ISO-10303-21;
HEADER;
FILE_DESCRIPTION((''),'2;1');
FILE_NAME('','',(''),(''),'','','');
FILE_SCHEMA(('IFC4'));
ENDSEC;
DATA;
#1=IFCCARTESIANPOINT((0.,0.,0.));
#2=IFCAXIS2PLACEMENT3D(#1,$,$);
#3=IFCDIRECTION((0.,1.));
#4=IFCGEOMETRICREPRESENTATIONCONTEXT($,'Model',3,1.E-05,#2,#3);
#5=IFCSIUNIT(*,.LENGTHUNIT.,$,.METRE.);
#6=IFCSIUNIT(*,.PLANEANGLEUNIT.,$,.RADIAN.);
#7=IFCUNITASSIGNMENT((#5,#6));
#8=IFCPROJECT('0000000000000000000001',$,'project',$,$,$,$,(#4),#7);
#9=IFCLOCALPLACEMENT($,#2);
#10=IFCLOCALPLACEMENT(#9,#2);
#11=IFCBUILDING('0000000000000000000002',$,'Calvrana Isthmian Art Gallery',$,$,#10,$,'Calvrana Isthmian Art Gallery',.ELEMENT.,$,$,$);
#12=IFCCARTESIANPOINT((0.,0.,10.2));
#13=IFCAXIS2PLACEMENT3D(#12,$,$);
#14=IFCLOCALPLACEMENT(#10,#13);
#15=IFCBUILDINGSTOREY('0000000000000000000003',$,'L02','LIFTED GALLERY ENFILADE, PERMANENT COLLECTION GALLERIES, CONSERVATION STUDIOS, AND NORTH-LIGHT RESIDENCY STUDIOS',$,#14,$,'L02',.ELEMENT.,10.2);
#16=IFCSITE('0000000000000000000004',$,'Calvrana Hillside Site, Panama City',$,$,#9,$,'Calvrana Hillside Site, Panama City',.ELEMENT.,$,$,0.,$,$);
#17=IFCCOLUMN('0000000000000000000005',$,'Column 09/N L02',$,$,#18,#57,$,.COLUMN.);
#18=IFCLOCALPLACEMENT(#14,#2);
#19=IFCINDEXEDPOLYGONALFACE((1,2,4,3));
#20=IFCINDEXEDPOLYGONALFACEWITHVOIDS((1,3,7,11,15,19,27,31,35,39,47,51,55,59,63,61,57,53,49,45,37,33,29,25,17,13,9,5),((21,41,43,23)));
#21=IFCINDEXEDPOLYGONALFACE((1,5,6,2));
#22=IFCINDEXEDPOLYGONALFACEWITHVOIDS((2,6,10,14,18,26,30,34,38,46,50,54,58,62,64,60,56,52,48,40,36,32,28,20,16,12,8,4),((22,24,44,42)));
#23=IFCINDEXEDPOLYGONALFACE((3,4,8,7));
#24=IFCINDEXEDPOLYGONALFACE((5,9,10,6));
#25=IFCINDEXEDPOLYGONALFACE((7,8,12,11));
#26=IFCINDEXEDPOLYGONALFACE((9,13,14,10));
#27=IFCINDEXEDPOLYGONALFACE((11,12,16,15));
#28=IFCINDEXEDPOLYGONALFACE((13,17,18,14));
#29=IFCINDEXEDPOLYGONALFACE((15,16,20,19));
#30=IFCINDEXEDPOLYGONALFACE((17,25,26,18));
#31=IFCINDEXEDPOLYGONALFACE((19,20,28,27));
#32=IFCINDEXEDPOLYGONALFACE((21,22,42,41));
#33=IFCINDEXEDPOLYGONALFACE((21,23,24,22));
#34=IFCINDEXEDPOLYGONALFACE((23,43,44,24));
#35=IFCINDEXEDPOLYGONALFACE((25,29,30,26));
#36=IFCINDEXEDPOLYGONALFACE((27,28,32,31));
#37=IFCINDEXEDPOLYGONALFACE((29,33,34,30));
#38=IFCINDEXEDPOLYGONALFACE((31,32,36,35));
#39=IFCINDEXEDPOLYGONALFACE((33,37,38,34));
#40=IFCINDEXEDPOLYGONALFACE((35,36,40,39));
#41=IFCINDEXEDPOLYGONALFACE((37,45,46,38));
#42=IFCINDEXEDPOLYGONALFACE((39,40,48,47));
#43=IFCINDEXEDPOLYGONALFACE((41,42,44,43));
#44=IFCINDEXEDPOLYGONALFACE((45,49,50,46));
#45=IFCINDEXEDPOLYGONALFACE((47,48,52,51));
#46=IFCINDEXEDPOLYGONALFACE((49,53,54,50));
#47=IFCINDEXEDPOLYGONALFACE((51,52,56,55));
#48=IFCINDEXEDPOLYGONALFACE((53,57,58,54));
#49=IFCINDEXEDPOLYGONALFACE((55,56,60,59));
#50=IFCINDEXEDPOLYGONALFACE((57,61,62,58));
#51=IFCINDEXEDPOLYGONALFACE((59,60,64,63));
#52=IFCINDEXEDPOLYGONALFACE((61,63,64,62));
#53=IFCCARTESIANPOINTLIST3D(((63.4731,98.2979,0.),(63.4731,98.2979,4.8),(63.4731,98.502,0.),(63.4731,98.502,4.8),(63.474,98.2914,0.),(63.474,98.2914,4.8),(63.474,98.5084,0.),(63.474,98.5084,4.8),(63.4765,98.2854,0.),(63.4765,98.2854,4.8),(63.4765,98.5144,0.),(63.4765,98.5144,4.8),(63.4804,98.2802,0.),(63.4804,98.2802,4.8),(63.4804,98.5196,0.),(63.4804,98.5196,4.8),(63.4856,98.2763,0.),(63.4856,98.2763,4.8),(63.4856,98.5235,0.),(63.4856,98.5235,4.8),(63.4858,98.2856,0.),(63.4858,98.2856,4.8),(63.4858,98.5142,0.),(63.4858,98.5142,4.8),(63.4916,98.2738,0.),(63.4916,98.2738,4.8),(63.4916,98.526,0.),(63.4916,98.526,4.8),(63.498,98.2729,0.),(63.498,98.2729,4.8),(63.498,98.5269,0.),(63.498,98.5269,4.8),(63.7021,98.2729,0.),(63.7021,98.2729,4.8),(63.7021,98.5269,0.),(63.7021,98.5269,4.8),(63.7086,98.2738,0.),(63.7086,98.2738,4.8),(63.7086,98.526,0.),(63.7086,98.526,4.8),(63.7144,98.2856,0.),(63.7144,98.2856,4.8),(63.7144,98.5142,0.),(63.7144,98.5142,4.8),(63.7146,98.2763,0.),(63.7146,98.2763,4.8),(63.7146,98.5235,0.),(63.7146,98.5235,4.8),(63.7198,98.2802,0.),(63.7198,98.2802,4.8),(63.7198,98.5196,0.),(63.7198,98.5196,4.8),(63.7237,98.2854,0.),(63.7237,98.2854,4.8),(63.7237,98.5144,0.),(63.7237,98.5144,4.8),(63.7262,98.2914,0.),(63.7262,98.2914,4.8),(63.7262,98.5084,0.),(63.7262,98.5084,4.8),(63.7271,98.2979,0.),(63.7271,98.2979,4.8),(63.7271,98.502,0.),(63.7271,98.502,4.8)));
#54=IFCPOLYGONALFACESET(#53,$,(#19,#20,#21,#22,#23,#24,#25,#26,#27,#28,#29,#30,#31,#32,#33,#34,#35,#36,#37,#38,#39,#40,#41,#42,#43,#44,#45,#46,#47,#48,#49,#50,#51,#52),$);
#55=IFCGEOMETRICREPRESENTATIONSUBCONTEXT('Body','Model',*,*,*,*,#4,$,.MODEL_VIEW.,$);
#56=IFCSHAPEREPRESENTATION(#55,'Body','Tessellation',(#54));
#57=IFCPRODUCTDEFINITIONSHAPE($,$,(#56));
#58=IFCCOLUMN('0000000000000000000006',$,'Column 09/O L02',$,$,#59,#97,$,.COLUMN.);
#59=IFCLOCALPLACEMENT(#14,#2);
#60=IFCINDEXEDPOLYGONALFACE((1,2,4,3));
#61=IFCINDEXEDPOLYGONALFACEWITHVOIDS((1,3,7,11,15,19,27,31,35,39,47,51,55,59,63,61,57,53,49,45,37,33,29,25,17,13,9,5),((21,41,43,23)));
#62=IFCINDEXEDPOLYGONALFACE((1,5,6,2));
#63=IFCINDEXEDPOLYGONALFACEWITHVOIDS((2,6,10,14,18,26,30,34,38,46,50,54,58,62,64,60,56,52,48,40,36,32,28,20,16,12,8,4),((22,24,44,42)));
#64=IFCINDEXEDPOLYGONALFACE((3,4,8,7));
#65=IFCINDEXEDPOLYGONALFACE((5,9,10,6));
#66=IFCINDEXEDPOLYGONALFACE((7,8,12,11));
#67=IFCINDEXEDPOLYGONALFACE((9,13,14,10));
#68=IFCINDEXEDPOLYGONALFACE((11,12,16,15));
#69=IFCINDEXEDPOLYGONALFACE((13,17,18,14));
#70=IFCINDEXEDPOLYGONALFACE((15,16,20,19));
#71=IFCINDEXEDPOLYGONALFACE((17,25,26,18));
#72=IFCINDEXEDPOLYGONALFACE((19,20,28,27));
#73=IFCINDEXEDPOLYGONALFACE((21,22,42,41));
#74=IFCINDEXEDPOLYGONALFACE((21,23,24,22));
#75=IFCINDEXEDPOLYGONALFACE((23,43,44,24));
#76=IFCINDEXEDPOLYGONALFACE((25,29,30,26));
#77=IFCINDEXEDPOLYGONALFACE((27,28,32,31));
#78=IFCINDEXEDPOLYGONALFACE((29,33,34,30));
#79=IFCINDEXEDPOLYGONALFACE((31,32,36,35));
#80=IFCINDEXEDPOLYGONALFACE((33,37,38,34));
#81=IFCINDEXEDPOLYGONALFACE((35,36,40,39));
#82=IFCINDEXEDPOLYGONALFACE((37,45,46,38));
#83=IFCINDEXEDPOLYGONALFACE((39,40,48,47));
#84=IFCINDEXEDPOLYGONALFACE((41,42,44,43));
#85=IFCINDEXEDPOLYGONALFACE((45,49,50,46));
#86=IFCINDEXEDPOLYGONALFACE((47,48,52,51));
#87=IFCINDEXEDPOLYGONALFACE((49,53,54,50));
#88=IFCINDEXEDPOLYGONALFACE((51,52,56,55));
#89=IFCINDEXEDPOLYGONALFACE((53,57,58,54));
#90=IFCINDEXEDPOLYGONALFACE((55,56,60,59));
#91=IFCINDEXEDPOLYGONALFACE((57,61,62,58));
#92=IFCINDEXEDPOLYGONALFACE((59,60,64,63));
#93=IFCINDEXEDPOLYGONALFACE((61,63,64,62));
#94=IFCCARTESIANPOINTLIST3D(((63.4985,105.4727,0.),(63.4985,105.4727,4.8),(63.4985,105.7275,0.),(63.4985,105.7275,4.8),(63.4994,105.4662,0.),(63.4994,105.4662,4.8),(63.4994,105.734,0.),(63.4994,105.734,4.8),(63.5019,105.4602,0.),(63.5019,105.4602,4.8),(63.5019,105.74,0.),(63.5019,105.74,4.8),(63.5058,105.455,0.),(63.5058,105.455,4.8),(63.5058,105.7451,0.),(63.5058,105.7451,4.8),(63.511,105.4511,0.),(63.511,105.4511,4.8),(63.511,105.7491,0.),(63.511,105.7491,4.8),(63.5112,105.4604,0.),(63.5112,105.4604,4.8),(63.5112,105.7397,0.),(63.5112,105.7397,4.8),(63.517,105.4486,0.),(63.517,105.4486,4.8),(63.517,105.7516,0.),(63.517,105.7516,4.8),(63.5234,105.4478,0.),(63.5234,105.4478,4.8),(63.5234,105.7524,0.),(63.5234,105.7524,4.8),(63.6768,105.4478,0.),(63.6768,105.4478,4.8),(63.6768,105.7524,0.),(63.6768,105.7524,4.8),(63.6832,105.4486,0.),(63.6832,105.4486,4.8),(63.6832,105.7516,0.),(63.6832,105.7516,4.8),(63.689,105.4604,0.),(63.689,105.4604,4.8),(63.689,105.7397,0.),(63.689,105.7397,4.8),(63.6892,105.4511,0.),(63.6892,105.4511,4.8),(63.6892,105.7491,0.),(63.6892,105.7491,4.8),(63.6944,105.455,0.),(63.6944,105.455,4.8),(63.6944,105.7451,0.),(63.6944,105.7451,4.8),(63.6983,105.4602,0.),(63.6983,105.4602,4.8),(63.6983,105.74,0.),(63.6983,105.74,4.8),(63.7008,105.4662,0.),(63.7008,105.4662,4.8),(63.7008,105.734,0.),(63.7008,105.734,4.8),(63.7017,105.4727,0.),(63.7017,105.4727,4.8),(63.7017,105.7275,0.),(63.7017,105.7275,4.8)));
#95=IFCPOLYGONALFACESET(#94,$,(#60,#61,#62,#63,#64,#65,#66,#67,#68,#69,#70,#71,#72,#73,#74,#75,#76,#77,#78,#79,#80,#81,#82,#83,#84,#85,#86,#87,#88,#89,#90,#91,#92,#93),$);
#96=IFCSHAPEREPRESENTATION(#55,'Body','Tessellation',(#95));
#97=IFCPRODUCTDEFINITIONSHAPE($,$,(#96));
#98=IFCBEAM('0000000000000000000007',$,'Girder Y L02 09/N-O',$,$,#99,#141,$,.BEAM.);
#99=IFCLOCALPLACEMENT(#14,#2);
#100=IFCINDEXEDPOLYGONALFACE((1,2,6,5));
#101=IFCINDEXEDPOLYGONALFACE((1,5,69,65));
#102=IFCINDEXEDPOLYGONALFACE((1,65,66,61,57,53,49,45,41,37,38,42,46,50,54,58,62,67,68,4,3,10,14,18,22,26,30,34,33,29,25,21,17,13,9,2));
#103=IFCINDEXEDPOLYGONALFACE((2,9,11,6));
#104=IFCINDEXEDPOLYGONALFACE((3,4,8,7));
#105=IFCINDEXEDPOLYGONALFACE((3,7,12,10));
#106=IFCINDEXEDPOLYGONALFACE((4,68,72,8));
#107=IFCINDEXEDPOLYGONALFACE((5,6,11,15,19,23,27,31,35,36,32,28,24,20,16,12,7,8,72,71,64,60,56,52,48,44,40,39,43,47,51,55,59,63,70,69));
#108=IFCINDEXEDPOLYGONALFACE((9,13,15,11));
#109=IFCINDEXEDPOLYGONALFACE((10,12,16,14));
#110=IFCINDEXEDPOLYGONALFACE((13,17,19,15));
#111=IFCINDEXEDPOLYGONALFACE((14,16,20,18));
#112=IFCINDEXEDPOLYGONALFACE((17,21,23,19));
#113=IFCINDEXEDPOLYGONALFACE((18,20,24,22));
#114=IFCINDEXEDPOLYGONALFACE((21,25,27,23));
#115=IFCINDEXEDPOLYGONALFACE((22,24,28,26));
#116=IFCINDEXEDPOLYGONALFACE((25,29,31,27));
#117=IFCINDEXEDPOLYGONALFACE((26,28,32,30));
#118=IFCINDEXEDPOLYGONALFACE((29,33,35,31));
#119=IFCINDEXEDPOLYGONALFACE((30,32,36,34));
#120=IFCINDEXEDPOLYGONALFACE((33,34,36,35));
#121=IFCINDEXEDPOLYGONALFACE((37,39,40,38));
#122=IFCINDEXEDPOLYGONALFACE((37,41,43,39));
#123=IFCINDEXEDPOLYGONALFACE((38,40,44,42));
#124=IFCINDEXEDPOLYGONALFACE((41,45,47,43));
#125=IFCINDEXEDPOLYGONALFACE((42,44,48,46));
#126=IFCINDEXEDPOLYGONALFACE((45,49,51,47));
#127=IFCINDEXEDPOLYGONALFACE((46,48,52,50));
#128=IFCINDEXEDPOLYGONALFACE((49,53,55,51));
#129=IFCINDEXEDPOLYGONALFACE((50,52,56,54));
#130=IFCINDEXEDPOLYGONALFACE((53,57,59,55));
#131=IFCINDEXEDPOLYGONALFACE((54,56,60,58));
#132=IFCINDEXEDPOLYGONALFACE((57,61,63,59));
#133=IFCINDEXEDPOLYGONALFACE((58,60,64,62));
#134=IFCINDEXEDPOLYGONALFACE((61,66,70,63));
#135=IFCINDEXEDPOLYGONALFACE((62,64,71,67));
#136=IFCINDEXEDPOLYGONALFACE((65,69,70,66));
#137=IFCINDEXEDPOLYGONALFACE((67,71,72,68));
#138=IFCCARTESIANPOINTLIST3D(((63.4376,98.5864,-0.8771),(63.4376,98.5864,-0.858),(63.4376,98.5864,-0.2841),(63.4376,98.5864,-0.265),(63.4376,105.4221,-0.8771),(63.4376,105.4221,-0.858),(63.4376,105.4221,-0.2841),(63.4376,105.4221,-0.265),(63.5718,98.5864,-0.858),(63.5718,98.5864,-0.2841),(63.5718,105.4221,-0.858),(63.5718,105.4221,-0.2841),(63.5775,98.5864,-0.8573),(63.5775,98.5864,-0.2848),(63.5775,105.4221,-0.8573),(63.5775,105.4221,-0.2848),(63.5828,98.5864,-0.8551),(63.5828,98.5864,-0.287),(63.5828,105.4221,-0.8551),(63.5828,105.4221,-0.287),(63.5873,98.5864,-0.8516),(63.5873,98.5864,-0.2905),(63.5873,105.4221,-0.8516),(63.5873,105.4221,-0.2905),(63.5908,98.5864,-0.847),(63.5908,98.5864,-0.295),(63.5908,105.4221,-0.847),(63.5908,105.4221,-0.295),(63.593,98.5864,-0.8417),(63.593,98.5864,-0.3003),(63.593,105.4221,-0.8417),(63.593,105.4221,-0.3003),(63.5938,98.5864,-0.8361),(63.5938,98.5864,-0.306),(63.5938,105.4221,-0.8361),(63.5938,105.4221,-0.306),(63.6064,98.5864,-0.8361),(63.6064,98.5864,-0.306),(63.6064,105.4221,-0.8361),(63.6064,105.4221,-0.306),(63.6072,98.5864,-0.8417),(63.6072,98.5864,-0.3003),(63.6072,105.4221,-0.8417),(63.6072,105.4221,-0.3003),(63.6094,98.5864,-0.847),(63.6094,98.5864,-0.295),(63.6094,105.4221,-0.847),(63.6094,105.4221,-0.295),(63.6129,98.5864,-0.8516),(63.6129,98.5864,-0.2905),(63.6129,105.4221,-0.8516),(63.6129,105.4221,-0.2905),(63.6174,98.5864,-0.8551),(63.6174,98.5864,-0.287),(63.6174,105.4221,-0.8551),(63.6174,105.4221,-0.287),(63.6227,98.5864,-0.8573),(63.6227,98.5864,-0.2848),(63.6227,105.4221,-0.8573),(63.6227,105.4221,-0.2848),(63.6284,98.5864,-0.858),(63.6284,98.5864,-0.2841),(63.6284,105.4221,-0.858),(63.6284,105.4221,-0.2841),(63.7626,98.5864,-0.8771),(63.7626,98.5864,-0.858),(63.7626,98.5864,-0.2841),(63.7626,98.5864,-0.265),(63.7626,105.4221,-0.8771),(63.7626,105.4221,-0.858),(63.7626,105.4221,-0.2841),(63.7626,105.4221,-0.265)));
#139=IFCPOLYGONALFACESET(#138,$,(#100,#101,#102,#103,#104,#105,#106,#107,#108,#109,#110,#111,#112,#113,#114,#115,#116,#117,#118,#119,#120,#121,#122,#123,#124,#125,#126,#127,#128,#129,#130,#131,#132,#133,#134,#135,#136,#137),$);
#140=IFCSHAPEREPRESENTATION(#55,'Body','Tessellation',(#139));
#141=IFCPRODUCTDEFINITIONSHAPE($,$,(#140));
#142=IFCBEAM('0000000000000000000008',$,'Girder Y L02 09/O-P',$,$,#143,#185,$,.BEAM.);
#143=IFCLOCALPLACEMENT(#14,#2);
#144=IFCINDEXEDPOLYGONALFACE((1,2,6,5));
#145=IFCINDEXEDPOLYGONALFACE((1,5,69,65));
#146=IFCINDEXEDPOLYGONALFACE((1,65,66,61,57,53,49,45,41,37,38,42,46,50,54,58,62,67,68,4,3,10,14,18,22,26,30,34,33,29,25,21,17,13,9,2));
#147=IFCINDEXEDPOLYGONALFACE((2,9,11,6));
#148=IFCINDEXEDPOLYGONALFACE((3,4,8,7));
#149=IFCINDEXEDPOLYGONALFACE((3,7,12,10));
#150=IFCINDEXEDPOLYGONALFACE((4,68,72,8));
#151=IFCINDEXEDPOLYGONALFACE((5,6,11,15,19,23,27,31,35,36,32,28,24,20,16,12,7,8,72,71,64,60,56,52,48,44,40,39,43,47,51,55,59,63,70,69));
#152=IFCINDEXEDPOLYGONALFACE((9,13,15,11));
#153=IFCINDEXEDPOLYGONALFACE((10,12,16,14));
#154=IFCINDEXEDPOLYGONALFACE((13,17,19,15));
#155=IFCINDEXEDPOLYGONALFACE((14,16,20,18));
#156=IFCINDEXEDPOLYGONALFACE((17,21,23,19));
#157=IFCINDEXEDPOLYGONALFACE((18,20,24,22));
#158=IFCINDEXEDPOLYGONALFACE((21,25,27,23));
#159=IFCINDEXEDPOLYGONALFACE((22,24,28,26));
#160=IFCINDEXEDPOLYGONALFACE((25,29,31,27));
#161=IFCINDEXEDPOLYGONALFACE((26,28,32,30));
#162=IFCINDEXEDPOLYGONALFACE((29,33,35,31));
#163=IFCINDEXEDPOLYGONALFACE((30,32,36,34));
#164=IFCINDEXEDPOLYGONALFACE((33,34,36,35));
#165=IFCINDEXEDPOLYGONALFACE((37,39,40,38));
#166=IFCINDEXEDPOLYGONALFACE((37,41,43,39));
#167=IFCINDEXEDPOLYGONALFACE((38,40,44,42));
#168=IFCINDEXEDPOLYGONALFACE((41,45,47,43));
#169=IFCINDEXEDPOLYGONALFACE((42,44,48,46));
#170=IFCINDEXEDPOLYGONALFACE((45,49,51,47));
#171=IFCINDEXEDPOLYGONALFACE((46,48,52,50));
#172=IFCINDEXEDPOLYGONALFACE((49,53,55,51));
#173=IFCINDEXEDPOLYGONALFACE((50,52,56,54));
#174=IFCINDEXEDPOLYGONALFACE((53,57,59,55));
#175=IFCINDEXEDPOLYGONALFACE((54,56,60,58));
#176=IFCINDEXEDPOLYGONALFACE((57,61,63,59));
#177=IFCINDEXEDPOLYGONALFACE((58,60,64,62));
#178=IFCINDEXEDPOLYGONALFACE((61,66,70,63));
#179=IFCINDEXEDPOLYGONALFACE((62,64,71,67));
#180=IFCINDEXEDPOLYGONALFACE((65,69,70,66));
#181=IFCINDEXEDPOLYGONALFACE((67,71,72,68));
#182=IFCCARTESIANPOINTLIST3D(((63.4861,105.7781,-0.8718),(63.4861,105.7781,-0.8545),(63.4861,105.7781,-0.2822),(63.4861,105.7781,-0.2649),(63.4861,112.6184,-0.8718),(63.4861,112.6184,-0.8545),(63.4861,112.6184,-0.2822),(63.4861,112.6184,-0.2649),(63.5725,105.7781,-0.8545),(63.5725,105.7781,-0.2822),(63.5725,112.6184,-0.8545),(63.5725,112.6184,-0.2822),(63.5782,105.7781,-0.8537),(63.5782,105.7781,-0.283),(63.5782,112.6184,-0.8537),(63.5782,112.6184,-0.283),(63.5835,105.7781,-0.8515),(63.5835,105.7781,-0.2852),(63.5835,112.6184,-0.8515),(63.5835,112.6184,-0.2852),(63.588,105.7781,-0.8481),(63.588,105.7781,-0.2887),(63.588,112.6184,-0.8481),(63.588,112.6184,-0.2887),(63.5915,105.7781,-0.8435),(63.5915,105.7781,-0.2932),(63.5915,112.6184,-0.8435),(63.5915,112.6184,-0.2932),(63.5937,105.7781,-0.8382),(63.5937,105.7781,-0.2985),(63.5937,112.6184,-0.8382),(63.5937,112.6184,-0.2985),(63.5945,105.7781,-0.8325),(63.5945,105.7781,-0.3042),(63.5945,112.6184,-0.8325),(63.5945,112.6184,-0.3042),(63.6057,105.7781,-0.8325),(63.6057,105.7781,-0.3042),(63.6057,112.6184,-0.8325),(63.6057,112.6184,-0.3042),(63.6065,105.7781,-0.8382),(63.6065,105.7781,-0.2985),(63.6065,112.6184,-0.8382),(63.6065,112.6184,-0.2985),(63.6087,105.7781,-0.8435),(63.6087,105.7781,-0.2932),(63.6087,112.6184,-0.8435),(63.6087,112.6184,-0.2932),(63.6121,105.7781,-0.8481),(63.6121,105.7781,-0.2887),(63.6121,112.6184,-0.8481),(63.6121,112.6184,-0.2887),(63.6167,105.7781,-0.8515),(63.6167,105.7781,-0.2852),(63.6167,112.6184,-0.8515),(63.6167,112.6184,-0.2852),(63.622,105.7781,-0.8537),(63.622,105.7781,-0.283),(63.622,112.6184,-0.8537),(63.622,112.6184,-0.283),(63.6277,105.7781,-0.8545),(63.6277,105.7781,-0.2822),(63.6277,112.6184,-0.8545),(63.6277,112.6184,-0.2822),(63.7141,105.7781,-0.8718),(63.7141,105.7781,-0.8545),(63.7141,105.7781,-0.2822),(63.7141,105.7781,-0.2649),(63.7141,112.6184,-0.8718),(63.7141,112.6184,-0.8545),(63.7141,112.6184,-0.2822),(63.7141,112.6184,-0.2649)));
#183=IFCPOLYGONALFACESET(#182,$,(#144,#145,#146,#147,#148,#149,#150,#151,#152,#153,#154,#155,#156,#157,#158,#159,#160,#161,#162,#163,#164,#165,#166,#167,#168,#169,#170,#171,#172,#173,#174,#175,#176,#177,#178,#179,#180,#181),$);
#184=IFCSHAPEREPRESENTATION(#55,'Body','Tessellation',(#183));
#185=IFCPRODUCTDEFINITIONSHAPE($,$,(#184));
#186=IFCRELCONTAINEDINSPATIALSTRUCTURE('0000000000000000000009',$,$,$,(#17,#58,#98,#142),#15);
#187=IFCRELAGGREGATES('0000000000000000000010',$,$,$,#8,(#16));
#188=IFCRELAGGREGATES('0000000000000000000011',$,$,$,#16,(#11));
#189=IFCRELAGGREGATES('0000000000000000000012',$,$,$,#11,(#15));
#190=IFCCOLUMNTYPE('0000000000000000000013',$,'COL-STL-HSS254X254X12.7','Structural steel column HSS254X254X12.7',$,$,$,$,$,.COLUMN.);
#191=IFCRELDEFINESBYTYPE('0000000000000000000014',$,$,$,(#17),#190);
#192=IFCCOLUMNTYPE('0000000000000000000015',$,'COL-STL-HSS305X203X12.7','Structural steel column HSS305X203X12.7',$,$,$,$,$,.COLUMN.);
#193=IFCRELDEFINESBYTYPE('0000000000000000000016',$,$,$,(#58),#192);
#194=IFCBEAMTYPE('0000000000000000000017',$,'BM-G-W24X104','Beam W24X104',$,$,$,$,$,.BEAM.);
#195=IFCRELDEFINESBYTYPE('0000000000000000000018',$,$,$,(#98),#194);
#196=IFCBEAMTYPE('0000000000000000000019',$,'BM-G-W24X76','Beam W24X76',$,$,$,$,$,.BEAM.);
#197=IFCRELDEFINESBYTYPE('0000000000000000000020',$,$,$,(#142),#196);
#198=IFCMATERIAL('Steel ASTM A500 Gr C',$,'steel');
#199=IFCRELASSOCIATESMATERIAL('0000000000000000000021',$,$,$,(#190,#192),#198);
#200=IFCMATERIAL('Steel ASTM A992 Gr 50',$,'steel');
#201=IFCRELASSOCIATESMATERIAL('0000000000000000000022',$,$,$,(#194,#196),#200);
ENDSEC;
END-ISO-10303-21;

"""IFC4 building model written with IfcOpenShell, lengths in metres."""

from ifc_helpers import new_model, si_unit, direction, frame, origin, origin_2d, place, context, subcontext, project, spatial, hollow_rectangle, i_section, extrude, material, material_profile, profile_set, type_object, element, save


model = new_model("IFC4")

# Units and contexts
model_context = context("Model", 3, precision=1e-05, world=origin(), true_north=direction((0.0, 1.0)))
body_context = subcontext(model_context, "Body", "Model", "MODEL_VIEW")
ifc_project = project(units=[si_unit("LENGTHUNIT", "METRE"), si_unit("PLANEANGLEUNIT", "RADIAN")], contexts=[model_context])

# Site, building, storey
site_placement = place(None, origin())
site = spatial("IfcSite", under=ifc_project, at=site_placement, Name="Calvrana Hillside Site, Panama City", LongName="Calvrana Hillside Site, Panama City", CompositionType="ELEMENT", RefElevation=0.0)
building_placement = place(site_placement, origin())
building = spatial("IfcBuilding", under=site, at=building_placement, Name="Calvrana Isthmian Art Gallery", LongName="Calvrana Isthmian Art Gallery", CompositionType="ELEMENT")
storey_placement = place(building_placement, frame((0.0, 0.0, 10.2)))
storey = spatial("IfcBuildingStorey", under=building, at=storey_placement, Name="L02", Description="LIFTED GALLERY ENFILADE, PERMANENT COLLECTION GALLERIES, CONSERVATION STUDIOS, AND NORTH-LIGHT RESIDENCY STUDIOS", LongName="L02", CompositionType="ELEMENT", Elevation=10.2)

# Columns
ifc_material_1 = material(Name="Steel ASTM A500 Gr C", Category="steel")
ifc_material_profile_1 = material_profile(ifc_material_1, hollow_rectangle(XDim=0.2539, YDim=0.2539, WallThickness=0.0127, OuterFilletRadius=0.0249, at=origin_2d()), Name="HSS254X254X12.7")
ifc_profile_set_1 = profile_set([ifc_material_profile_1], Name="Steel ASTM A500 Gr C")
column_type_1 = type_object("IfcColumnType", Name="COL-STL-HSS254X254X12.7", Description="Structural steel column HSS254X254X12.7", PredefinedType="COLUMN", material=ifc_profile_set_1)
column_1_placement = place(storey_placement, frame((63.6001, 98.3999, 0.0), z_axis=(0.0, 0.0, 1.0), x_axis=(1.0, 0.0, 0.0)))
element("IfcColumn", 1, at=column_1_placement, inside=storey, type_object=column_type_1, Name="Column 09/N L02", PredefinedType="COLUMN", context=body_context, shape_type="SweptSolid", body=[
    extrude(hollow_rectangle(XDim=0.2539, YDim=0.2539, WallThickness=0.0127, OuterFilletRadius=0.0249, at=origin_2d()), origin(), (0.0, 0.0, 1.0), 4.8),
])
ifc_material_profile_2 = material_profile(ifc_material_1, hollow_rectangle(XDim=0.2031, YDim=0.3047, WallThickness=0.0127, OuterFilletRadius=0.0249, at=origin_2d()), Name="HSS305X203X12.7")
ifc_profile_set_2 = profile_set([ifc_material_profile_2], Name="Steel ASTM A500 Gr C")
column_type_2 = type_object("IfcColumnType", Name="COL-STL-HSS305X203X12.7", Description="Structural steel column HSS305X203X12.7", PredefinedType="COLUMN", material=ifc_profile_set_2)
column_2_placement = place(storey_placement, frame((63.6001, 105.6001, 0.0), z_axis=(0.0, 0.0, 1.0), x_axis=(1.0, 0.0, 0.0)))
element("IfcColumn", 2, at=column_2_placement, inside=storey, type_object=column_type_2, Name="Column 09/O L02", PredefinedType="COLUMN", context=body_context, shape_type="SweptSolid", body=[
    extrude(hollow_rectangle(XDim=0.2031, YDim=0.3047, WallThickness=0.0127, OuterFilletRadius=0.0249, at=origin_2d()), origin(), (0.0, 0.0, 1.0), 4.8),
])

# Beams
ifc_material_2 = material(Name="Steel ASTM A992 Gr 50", Category="steel")
ifc_material_profile_3 = material_profile(ifc_material_2, i_section(OverallWidth=0.325, OverallDepth=0.6121, WebThickness=0.0127, FlangeThickness=0.019, FilletRadius=0.022, at=origin_2d()), Name="W24X104")
ifc_profile_set_3 = profile_set([ifc_material_profile_3], Name="Steel ASTM A992 Gr 50")
beam_type_1 = type_object("IfcBeamType", Name="BM-G-W24X104", Description="Beam W24X104", PredefinedType="BEAM", material=ifc_profile_set_3)
beam_1_placement = place(storey_placement, frame((63.6001, 98.5864, -0.571), z_axis=(0.0, 1.0, 0.0), x_axis=(-1.0, 0.0, 0.0)))
element("IfcBeam", 3, at=beam_1_placement, inside=storey, type_object=beam_type_1, Name="Girder Y L02 09/N-O", PredefinedType="BEAM", context=body_context, shape_type="SweptSolid", body=[
    extrude(i_section(OverallWidth=0.325, OverallDepth=0.6121, WebThickness=0.0127, FlangeThickness=0.019, FilletRadius=0.022, at=origin_2d()), origin(), (0.0, 0.0, 1.0), 6.8357),
])
ifc_material_profile_4 = material_profile(ifc_material_2, i_section(OverallWidth=0.228, OverallDepth=0.6069, WebThickness=0.0112, FlangeThickness=0.0173, FilletRadius=0.022, at=origin_2d()), Name="W24X76")
ifc_profile_set_4 = profile_set([ifc_material_profile_4], Name="Steel ASTM A992 Gr 50")
beam_type_2 = type_object("IfcBeamType", Name="BM-G-W24X76", Description="Beam W24X76", PredefinedType="BEAM", material=ifc_profile_set_4)
beam_2_placement = place(storey_placement, frame((63.6001, 105.7781, -0.5684), z_axis=(0.0, 1.0, 0.0), x_axis=(-1.0, 0.0, 0.0)))
element("IfcBeam", 4, at=beam_2_placement, inside=storey, type_object=beam_type_2, Name="Girder Y L02 09/O-P", PredefinedType="BEAM", context=body_context, shape_type="SweptSolid", body=[
    extrude(i_section(OverallWidth=0.228, OverallDepth=0.6069, WebThickness=0.0112, FlangeThickness=0.0173, FilletRadius=0.022, at=origin_2d()), origin(), (0.0, 0.0, 1.0), 6.8403),
])

save(model, "model.ifc")
